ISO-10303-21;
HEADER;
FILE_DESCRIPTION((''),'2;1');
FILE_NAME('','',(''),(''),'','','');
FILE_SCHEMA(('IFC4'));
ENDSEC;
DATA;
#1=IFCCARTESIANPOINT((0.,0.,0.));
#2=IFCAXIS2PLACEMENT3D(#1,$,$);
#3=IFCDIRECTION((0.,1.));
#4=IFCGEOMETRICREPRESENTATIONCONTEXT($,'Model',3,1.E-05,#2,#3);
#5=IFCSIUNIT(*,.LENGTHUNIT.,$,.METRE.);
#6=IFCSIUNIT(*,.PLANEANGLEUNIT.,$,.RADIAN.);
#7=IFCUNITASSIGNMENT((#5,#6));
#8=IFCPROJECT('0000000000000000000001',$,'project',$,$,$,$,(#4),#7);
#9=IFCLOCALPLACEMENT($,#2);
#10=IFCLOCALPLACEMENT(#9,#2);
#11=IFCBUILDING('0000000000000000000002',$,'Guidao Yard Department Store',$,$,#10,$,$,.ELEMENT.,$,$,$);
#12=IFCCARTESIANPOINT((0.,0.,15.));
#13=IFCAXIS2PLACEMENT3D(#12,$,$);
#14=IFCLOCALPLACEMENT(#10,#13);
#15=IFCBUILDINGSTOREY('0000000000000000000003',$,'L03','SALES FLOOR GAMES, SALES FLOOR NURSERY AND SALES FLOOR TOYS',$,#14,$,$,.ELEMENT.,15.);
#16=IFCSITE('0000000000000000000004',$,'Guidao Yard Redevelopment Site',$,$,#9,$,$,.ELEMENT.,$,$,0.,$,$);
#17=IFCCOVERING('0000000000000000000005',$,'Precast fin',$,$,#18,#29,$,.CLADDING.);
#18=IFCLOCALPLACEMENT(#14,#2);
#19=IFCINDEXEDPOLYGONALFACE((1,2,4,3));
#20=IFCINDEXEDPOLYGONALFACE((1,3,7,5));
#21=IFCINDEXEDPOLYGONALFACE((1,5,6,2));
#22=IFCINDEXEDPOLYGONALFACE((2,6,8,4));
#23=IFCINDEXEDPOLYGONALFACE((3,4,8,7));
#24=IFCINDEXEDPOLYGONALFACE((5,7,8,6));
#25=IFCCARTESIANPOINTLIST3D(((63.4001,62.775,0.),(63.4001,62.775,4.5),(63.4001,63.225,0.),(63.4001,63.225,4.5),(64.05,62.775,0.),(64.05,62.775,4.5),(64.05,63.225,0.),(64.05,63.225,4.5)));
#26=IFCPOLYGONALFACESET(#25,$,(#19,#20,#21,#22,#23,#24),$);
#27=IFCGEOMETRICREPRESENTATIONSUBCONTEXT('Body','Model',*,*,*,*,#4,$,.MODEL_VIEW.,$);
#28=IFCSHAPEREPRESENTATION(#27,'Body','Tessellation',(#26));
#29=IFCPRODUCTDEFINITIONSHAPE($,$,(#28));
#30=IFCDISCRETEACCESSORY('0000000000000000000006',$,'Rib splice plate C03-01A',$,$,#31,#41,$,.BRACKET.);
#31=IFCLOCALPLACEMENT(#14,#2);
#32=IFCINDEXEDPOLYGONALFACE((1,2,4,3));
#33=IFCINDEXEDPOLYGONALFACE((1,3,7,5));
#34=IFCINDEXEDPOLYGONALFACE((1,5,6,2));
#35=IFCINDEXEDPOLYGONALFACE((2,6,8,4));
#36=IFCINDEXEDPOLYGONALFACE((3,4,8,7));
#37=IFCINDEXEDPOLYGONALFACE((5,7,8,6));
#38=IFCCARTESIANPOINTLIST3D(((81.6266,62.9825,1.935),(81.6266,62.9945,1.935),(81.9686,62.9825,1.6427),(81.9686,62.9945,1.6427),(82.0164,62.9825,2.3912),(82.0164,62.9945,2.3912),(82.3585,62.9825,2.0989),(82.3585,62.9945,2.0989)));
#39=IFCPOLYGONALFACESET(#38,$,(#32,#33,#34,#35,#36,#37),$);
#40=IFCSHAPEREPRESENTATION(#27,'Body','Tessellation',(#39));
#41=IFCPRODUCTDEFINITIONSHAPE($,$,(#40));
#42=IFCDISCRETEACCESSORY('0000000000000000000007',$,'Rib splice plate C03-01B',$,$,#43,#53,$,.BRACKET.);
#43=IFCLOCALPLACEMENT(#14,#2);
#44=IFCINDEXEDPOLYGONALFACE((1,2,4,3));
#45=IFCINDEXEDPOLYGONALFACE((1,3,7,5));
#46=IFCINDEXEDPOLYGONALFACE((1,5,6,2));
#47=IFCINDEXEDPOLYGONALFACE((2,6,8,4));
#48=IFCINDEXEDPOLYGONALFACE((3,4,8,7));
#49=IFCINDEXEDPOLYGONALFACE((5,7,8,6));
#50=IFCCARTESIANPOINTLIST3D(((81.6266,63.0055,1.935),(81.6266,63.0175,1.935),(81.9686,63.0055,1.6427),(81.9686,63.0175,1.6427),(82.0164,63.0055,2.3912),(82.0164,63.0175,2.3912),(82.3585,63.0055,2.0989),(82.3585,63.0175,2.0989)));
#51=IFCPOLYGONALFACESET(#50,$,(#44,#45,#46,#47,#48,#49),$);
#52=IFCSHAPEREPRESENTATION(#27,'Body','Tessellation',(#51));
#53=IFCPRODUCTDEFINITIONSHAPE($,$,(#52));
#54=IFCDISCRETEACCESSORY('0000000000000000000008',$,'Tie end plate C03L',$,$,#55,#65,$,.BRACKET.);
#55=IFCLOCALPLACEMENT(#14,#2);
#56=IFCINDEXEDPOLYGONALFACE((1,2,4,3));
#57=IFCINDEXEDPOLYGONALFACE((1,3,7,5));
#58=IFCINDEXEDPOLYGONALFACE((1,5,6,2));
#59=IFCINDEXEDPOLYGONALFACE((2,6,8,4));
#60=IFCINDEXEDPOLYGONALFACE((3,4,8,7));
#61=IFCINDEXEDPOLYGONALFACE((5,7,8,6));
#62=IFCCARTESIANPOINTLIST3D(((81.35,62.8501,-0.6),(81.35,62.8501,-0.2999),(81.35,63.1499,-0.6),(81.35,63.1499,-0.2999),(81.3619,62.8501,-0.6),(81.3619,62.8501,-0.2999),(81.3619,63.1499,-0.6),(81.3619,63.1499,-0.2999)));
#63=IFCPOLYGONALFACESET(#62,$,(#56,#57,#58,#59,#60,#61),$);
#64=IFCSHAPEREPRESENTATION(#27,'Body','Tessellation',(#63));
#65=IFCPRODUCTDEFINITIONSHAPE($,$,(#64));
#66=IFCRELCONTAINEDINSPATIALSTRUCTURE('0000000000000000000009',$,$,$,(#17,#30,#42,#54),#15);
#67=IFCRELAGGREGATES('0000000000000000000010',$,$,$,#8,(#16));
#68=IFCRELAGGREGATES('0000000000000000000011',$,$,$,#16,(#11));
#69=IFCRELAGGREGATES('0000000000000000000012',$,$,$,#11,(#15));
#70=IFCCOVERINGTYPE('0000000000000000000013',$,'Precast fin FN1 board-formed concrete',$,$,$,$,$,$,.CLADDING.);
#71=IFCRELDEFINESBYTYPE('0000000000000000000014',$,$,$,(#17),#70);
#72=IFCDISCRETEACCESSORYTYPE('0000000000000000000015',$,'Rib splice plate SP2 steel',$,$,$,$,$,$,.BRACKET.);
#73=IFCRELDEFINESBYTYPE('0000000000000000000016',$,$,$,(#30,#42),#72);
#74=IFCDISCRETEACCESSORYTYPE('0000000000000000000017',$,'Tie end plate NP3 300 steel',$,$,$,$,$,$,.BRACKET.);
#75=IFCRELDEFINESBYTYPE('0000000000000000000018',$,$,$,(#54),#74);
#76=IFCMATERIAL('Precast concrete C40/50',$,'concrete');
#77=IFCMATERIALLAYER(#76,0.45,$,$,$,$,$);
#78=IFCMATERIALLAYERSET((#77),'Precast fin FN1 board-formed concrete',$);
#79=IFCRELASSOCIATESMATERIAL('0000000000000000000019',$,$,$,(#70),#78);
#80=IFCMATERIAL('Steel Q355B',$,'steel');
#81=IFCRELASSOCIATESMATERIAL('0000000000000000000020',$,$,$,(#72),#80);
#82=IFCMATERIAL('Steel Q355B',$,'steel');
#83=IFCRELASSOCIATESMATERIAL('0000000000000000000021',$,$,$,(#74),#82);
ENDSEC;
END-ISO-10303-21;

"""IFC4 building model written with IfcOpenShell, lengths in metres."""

from ifc_helpers import new_model, si_unit, direction, frame, origin, origin_2d, place, context, subcontext, project, spatial, rectangle, extrude, material, layer, layer_set, material_profile, profile_set, type_object, element, save


model = new_model("IFC4")

# Units and contexts
model_context = context("Model", 3, precision=1e-05, world=origin(), true_north=direction((0.0, 1.0)))
body_context = subcontext(model_context, "Body", "Model", "MODEL_VIEW")
ifc_project = project(units=[si_unit("LENGTHUNIT", "METRE"), si_unit("PLANEANGLEUNIT", "RADIAN")], contexts=[model_context])

# Site, building, storey
site_placement = place(None, origin())
site = spatial("IfcSite", under=ifc_project, at=site_placement, Name="Guidao Yard Redevelopment Site", CompositionType="ELEMENT", RefElevation=0.0)
building_placement = place(site_placement, origin())
building = spatial("IfcBuilding", under=site, at=building_placement, Name="Guidao Yard Department Store", CompositionType="ELEMENT")
storey_placement = place(building_placement, frame((0.0, 0.0, 15.0)))
storey = spatial("IfcBuildingStorey", under=building, at=storey_placement, Name="L03", Description="SALES FLOOR GAMES, SALES FLOOR NURSERY AND SALES FLOOR TOYS", CompositionType="ELEMENT", Elevation=15.0)

# Covering
ifc_material_1 = material(Name="Precast concrete C40/50", Category="concrete")
ifc_layer_1 = layer(ifc_material_1, 0.45)
ifc_layer_set_1 = layer_set([ifc_layer_1], Name="Precast fin FN1 board-formed concrete")
covering_type = type_object("IfcCoveringType", Name="Precast fin FN1 board-formed concrete", PredefinedType="CLADDING", material=ifc_layer_set_1)
covering_1_placement = place(storey_placement, frame((63.7251, 63.0, 0.0), z_axis=(0.0, 0.0, 1.0), x_axis=(0.0, -1.0, 0.0)))
element("IfcCovering", 1, at=covering_1_placement, inside=storey, type_object=covering_type, Name="Precast fin", PredefinedType="CLADDING", context=body_context, shape_type="SweptSolid", body=[
    extrude(rectangle(XDim=0.45, YDim=0.6499, at=origin_2d()), origin(), (0.0, 0.0, 1.0), 4.5),
])

# Discrete accessories
ifc_material_2 = material(Name="Steel Q355B", Category="steel")
ifc_material_profile_1 = material_profile(ifc_material_2, rectangle(XDim=0.012, YDim=0.45, at=origin_2d()), Name="Splice plate 450x12")
ifc_profile_set_1 = profile_set([ifc_material_profile_1], Name="Steel Q355B")
discrete_accessory_type_1 = type_object("IfcDiscreteAccessoryType", Name="Rib splice plate SP2 steel", PredefinedType="BRACKET", material=ifc_profile_set_1)
for number, where, z_axis, x_axis, name in (
    (2, (81.7976, 62.9885, 1.7888), (0.649618, 0.0, 0.760261), (0.0, 1.0, 0.0), "Rib splice plate C03-01A"),
    (3, (81.7976, 63.0115, 1.7888), (0.649618, 0.0, 0.760261), (0.0, 1.0, 0.0), "Rib splice plate C03-01B"),
):
    element("IfcDiscreteAccessory", number, at=place(storey_placement, frame(where, z_axis=z_axis, x_axis=x_axis)), inside=storey, type_object=discrete_accessory_type_1, Name=name, PredefinedType="BRACKET", context=body_context, shape_type="SweptSolid", body=[
        extrude(rectangle(XDim=0.012, YDim=0.45, at=origin_2d()), origin(), (0.0, 0.0, 1.0), 0.6001),
    ])
ifc_material_3 = material(Name="Steel Q355B", Category="steel")
ifc_material_profile_2 = material_profile(ifc_material_3, rectangle(XDim=0.3, YDim=0.012, at=origin_2d()), Name="Node plate 300x12")
ifc_profile_set_2 = profile_set([ifc_material_profile_2], Name="Steel Q355B")
discrete_accessory_type_2 = type_object("IfcDiscreteAccessoryType", Name="Tie end plate NP3 300 steel", PredefinedType="BRACKET", material=ifc_profile_set_2)
discrete_accessory_placement = place(storey_placement, frame((81.356, 62.8501, -0.45), z_axis=(0.0, 1.0, 0.0), x_axis=(0.0, 0.0, 1.0)))
element("IfcDiscreteAccessory", 4, at=discrete_accessory_placement, inside=storey, type_object=discrete_accessory_type_2, Name="Tie end plate C03L", PredefinedType="BRACKET", context=body_context, shape_type="SweptSolid", body=[
    extrude(rectangle(XDim=0.3, YDim=0.012, at=origin_2d()), origin(), (0.0, 0.0, 1.0), 0.2998),
])

save(model, "model.ifc")
